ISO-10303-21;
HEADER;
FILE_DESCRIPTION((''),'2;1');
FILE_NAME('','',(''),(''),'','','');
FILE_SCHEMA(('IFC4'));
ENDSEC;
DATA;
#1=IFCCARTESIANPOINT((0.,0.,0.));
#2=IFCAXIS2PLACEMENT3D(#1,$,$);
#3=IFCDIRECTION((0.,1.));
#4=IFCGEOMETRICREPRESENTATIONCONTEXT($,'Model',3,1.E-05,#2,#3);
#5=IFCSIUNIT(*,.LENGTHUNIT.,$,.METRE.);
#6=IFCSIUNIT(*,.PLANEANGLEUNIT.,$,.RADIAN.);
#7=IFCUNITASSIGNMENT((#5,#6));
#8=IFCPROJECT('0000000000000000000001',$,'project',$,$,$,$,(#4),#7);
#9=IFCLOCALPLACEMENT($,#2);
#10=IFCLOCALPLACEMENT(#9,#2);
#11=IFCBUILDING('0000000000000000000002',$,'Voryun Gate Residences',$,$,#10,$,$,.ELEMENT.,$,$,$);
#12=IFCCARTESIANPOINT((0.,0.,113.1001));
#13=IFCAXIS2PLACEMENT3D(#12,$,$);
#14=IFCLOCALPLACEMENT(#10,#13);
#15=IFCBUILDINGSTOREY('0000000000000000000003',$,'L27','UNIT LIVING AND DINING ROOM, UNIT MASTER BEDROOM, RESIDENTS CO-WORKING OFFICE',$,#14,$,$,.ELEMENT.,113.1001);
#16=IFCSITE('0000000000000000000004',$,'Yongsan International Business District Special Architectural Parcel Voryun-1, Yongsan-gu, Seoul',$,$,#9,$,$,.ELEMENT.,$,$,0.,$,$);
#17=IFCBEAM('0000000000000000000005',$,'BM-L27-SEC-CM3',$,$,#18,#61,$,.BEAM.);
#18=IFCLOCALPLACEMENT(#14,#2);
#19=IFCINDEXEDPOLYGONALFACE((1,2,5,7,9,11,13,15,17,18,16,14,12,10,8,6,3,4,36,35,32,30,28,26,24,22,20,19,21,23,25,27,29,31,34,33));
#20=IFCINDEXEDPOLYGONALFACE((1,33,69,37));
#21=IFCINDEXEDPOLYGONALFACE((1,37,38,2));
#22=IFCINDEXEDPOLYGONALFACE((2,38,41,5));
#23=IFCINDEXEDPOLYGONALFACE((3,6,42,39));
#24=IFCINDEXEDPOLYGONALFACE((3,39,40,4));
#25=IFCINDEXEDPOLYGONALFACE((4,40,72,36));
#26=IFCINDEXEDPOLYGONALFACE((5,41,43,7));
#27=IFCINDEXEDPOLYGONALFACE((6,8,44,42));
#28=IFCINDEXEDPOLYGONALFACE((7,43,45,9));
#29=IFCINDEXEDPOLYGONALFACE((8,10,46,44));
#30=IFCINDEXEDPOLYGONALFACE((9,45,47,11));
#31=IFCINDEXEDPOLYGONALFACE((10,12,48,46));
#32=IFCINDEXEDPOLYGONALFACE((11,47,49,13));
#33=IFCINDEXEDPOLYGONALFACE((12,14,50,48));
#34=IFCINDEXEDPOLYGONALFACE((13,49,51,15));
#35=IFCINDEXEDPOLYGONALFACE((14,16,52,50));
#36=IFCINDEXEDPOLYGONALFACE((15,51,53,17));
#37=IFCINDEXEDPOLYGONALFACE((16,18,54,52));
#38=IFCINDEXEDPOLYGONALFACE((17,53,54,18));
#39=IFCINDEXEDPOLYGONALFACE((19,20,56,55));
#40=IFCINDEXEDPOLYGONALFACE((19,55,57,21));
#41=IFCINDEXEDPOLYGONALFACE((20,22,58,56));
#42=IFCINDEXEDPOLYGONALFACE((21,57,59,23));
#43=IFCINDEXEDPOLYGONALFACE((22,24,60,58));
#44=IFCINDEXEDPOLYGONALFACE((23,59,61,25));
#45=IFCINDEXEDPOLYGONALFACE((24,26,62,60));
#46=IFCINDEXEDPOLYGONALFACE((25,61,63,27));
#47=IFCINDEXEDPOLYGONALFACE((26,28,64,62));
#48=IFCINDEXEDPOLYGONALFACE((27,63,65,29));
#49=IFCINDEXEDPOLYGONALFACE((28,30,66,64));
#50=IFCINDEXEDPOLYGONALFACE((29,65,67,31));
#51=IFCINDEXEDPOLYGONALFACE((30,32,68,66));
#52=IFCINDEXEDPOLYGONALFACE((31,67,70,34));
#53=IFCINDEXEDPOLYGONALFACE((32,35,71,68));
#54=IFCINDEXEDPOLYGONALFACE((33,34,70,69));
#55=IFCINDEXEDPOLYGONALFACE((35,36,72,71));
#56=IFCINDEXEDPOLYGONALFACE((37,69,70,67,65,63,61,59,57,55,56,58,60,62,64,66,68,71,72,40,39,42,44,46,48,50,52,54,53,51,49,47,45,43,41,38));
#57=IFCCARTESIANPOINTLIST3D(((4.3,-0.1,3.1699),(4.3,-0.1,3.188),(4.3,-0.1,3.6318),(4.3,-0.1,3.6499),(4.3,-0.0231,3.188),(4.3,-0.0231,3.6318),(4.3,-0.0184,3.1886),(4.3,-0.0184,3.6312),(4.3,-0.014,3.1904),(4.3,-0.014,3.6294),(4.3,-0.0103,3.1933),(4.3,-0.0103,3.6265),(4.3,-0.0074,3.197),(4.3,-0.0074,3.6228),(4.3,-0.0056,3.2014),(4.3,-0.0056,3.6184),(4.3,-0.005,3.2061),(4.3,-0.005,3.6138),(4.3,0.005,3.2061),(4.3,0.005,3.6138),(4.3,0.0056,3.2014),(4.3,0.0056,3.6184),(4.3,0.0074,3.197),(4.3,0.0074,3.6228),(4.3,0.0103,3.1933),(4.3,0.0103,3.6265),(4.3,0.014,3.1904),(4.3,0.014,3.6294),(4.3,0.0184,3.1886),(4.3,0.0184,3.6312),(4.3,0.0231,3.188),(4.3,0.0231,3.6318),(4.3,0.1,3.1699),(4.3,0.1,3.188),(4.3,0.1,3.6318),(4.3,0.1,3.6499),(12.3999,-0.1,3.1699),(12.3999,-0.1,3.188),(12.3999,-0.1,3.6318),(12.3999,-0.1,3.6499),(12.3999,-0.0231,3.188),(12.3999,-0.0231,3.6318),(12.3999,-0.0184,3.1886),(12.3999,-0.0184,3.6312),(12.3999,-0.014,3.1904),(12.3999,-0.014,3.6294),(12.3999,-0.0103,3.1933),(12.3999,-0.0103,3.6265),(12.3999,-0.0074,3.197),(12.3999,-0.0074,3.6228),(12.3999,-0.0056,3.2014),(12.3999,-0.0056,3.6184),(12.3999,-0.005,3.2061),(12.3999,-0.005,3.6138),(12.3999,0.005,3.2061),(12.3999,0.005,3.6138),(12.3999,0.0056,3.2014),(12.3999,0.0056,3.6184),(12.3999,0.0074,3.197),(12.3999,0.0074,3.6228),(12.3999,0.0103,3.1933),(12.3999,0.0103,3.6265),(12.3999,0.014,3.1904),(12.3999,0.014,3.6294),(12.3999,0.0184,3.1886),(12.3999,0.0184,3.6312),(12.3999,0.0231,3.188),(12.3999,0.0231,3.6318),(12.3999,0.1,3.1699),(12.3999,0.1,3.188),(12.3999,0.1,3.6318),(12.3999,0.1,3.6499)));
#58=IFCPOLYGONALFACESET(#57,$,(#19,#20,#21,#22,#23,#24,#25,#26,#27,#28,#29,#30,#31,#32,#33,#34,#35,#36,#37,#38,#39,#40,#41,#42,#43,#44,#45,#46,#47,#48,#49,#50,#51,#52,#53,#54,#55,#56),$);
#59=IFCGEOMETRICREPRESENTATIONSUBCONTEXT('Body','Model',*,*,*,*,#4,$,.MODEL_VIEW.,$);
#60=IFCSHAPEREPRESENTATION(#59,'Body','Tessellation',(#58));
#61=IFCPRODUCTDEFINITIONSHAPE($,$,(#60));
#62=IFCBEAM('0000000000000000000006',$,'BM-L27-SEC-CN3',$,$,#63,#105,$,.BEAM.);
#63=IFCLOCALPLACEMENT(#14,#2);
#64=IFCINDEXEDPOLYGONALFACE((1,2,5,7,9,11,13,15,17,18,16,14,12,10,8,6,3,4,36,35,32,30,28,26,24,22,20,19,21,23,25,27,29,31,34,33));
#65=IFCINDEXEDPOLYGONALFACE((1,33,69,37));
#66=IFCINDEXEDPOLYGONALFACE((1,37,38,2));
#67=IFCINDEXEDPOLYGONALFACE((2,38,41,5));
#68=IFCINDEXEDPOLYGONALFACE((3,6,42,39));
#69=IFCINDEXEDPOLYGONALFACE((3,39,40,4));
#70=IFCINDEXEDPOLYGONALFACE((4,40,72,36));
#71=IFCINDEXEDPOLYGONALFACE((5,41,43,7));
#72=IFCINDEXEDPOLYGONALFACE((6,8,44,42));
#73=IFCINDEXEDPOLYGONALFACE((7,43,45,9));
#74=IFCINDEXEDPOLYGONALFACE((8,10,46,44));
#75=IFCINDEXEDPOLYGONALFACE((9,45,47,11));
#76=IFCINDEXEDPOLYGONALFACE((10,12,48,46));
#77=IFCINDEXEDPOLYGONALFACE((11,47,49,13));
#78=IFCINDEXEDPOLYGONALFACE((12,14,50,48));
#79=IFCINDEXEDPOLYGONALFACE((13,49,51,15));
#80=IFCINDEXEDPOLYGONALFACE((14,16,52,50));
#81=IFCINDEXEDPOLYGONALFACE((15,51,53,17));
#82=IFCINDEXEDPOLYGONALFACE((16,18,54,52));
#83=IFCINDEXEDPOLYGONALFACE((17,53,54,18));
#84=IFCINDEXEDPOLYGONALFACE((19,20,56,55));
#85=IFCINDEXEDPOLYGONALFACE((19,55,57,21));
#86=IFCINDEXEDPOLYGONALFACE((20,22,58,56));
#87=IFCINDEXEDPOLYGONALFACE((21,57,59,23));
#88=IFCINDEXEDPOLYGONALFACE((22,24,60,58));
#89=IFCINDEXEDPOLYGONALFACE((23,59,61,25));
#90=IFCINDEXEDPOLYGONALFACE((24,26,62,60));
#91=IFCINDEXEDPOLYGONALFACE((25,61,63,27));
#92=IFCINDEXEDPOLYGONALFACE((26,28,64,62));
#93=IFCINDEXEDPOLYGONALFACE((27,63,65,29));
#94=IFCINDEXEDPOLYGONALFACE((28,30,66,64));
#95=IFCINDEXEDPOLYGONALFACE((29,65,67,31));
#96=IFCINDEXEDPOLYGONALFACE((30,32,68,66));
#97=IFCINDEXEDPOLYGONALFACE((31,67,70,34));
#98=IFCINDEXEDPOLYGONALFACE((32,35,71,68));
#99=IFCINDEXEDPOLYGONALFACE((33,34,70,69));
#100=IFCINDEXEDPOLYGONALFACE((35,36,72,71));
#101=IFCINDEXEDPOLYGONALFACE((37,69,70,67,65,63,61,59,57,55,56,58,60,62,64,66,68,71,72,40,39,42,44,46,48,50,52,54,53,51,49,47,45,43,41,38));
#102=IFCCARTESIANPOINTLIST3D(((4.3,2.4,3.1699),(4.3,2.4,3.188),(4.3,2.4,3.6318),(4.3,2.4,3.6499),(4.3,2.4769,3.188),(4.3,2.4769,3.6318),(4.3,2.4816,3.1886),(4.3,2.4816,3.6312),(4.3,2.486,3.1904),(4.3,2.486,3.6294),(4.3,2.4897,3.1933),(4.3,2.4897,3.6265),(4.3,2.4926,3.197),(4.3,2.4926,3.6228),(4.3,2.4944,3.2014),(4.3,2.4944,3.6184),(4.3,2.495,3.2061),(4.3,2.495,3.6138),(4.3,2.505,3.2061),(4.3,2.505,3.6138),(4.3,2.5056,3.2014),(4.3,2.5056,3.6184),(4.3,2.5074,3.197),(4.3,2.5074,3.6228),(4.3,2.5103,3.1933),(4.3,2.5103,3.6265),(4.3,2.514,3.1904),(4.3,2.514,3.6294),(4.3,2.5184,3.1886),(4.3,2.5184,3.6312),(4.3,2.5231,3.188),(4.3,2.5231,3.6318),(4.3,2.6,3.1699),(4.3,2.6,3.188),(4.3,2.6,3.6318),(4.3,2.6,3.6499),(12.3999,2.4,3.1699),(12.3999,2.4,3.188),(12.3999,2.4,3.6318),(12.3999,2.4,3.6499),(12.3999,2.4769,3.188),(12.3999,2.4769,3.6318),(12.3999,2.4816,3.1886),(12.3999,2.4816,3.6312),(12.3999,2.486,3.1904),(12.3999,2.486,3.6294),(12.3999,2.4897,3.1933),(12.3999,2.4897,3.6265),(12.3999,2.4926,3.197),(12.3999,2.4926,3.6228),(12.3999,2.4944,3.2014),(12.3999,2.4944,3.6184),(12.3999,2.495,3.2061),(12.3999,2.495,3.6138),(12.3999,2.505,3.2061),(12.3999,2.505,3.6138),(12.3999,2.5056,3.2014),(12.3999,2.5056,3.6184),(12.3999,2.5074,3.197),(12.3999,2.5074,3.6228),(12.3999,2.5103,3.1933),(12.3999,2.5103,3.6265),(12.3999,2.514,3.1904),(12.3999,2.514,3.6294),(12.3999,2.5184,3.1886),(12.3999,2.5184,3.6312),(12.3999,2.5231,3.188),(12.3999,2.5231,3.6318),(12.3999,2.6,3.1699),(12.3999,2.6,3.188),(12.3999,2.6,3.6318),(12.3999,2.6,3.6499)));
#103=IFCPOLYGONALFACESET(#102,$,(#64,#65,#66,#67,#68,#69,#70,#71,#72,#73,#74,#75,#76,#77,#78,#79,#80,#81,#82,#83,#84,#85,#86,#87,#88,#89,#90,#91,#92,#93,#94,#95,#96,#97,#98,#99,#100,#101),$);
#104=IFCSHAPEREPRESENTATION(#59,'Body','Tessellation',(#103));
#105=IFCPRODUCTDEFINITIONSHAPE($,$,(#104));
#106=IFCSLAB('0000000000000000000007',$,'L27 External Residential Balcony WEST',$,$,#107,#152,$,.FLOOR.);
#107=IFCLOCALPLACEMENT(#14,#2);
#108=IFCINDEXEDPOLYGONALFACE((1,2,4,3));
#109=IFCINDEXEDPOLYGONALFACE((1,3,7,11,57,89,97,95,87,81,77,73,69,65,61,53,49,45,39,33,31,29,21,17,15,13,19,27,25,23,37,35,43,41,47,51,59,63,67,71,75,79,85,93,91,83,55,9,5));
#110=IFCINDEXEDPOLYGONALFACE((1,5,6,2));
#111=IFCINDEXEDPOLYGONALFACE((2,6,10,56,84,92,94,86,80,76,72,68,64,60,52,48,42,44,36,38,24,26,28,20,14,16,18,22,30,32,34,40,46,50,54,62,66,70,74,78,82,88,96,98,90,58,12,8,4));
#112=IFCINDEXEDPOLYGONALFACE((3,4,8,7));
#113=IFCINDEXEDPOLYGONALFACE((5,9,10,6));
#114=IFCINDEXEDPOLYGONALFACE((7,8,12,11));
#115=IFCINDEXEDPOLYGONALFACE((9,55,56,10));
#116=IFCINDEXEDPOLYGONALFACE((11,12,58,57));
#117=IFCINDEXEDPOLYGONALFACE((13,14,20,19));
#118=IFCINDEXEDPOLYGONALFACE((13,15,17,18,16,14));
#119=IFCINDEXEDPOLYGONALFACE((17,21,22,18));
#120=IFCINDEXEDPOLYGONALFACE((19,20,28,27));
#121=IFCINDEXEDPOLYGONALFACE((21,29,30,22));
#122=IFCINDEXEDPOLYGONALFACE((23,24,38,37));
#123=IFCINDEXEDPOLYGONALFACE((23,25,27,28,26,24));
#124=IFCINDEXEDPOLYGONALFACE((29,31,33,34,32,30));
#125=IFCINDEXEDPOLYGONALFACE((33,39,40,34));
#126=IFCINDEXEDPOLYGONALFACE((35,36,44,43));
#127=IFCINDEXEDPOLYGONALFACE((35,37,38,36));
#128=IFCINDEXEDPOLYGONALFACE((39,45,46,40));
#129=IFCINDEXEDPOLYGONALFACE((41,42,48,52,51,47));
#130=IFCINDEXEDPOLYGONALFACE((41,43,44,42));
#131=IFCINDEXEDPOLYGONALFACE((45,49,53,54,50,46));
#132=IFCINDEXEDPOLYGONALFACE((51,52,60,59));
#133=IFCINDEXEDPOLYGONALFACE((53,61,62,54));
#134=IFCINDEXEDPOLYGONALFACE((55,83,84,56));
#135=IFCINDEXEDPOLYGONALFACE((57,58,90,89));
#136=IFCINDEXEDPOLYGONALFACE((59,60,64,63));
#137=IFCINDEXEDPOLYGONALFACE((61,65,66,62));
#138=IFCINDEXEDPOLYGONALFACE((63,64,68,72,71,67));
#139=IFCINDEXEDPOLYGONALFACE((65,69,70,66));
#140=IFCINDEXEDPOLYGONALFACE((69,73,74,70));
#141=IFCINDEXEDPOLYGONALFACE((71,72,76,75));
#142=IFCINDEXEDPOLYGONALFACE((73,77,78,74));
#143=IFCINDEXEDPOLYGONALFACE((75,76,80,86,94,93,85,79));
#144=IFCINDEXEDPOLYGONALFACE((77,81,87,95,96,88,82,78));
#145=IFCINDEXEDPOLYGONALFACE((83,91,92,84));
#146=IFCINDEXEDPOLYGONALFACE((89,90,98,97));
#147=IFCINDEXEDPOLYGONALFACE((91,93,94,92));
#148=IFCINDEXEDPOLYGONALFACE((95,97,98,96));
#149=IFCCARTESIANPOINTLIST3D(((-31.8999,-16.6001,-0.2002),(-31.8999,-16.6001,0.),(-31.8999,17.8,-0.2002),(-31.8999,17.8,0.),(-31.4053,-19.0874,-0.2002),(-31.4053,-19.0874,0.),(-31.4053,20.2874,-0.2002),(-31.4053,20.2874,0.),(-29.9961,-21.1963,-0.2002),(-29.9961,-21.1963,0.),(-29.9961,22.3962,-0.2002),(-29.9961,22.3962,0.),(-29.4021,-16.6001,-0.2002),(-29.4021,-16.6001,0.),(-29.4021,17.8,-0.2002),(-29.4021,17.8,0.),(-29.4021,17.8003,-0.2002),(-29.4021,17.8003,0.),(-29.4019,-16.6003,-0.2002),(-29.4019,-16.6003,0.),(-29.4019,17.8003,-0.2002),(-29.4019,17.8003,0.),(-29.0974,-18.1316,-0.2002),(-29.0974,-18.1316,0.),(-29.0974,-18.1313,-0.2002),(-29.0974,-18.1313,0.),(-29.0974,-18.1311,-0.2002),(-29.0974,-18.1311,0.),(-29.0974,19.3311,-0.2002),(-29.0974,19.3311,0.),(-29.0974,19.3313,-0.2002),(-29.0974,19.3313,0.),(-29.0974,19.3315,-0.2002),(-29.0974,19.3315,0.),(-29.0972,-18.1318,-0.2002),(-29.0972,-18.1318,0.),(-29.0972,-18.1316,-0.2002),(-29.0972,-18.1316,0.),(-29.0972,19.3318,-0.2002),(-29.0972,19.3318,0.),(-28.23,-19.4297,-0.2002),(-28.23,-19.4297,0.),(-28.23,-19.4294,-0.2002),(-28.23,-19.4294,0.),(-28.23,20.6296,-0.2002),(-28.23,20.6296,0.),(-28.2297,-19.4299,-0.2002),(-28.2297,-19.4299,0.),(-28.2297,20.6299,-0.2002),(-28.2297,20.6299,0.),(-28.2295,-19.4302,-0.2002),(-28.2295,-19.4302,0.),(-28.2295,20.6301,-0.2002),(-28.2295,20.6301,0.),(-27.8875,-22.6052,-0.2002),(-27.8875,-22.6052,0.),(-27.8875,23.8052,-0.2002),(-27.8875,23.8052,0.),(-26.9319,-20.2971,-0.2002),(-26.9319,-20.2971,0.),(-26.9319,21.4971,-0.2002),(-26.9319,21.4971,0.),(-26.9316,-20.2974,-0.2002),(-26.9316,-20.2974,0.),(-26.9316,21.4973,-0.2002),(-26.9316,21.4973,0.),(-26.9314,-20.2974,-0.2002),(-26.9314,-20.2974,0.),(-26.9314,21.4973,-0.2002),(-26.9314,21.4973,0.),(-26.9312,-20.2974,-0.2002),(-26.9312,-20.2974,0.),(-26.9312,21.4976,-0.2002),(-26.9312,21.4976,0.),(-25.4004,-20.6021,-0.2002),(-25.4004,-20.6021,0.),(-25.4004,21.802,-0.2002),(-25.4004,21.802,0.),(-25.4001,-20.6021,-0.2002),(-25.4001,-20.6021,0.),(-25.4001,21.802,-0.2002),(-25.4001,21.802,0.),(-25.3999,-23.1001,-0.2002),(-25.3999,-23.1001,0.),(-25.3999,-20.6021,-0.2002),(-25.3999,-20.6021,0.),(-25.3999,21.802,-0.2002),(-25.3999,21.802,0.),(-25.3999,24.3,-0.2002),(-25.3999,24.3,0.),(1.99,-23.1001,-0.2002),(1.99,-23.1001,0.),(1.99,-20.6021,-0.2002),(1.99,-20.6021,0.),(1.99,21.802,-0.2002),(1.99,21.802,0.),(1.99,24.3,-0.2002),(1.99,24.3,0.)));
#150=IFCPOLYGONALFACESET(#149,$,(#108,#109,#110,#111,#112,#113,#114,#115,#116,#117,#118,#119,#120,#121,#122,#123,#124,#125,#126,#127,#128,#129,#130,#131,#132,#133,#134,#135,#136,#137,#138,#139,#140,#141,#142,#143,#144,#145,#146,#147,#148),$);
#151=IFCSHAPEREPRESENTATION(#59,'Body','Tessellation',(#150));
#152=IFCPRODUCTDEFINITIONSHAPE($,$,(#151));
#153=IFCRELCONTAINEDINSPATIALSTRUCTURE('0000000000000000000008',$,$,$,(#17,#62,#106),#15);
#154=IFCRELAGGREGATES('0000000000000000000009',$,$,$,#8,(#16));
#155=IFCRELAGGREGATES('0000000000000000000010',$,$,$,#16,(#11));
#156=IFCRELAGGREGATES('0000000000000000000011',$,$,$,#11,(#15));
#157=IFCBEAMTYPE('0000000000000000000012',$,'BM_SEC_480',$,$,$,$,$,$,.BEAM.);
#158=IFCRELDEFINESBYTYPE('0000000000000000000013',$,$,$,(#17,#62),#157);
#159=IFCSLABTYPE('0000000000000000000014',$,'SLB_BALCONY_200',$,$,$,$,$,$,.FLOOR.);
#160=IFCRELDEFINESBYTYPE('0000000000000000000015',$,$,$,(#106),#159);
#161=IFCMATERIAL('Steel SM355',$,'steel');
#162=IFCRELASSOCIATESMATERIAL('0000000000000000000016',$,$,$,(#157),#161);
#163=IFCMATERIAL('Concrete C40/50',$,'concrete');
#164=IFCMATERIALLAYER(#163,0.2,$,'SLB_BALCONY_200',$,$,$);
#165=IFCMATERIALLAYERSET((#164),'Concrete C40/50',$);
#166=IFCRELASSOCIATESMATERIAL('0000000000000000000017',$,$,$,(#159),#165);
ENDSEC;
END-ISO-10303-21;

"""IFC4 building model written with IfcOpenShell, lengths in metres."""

from ifc_helpers import new_model, si_unit, direction, frame, origin, origin_2d, place, context, subcontext, project, spatial, polyline, i_section, outline, extrude, material, layer, layer_set, material_profile, profile_set, type_object, element, save


model = new_model("IFC4")

# Units and contexts
model_context = context("Model", 3, precision=1e-05, world=origin(), true_north=direction((0.0, 1.0)))
body_context = subcontext(model_context, "Body", "Model", "MODEL_VIEW")
ifc_project = project(units=[si_unit("LENGTHUNIT", "METRE"), si_unit("PLANEANGLEUNIT", "RADIAN")], contexts=[model_context])

# Site, building, storey
site_placement = place(None, origin())
site = spatial("IfcSite", under=ifc_project, at=site_placement, Name="Yongsan International Business District Special Architectural Parcel Voryun-1, Yongsan-gu, Seoul", CompositionType="ELEMENT", RefElevation=0.0)
building_placement = place(site_placement, origin())
building = spatial("IfcBuilding", under=site, at=building_placement, Name="Voryun Gate Residences", CompositionType="ELEMENT")
storey_placement = place(building_placement, frame((0.0, 0.0, 113.1001)))
storey = spatial("IfcBuildingStorey", under=building, at=storey_placement, Name="L27", Description="UNIT LIVING AND DINING ROOM, UNIT MASTER BEDROOM, RESIDENTS CO-WORKING OFFICE", CompositionType="ELEMENT", Elevation=113.1001)

# Beams
ifc_material_1 = material(Name="Steel SM355", Category="steel")
ifc_material_profile_1 = material_profile(ifc_material_1, i_section(OverallWidth=0.2, OverallDepth=0.48, WebThickness=0.01, FlangeThickness=0.0181, FilletRadius=0.0181, at=origin_2d()), Name="H-480x200x10x18")
ifc_profile_set_1 = profile_set([ifc_material_profile_1], Name="Steel SM355")
beam_type_1 = type_object("IfcBeamType", Name="BM_SEC_480", PredefinedType="BEAM", material=ifc_profile_set_1)
for number, where, z_axis, x_axis, name in (
    (1, (4.3, 0.0, 3.4099), (1.0, 0.0, 0.0), (0.0, 1.0, 0.0), "BM-L27-SEC-CM3"),
    (2, (4.3, 2.5, 3.4099), (1.0, 0.0, 0.0), (0.0, 1.0, 0.0), "BM-L27-SEC-CN3"),
):
    element("IfcBeam", number, at=place(storey_placement, frame(where, z_axis=z_axis, x_axis=x_axis)), inside=storey, type_object=beam_type_1, Name=name, PredefinedType="BEAM", context=body_context, shape_type="SweptSolid", body=[
        extrude(i_section(OverallWidth=0.2, OverallDepth=0.48, WebThickness=0.01, FlangeThickness=0.0181, FilletRadius=0.0181, at=origin_2d()), origin(), (0.0, 0.0, 1.0), 8.0999),
    ])

# Slab
ifc_material_2 = material(Name="Concrete C40/50", Category="concrete")
ifc_layer_1 = layer(ifc_material_2, 0.2, Name="SLB_BALCONY_200")
ifc_layer_set_1 = layer_set([ifc_layer_1], Name="Concrete C40/50")
slab_type = type_object("IfcSlabType", Name="SLB_BALCONY_200", PredefinedType="FLOOR", material=ifc_layer_set_1)
slab_1_placement = place(storey_placement, frame((0.0, 0.0, -0.2002)))
element("IfcSlab", 3, at=slab_1_placement, inside=storey, type_object=slab_type, Name="L27 External Residential Balcony WEST", PredefinedType="FLOOR", context=body_context, shape_type="SweptSolid", body=[
    extrude(outline(polyline([(-27.8875, -22.6052), (-29.9961, -21.1963), (-31.4053, -19.0874), (-31.8999, -16.6001), (-31.8999, 17.8), (-31.4053, 20.2874), (-29.9961, 22.3962), (-27.8875, 23.8052), (-25.3999, 24.3), (1.99, 24.3), (1.99, 21.802), (-25.3999, 21.802), (-25.4001, 21.802), (-25.4004, 21.802), (-26.9312, 21.4976), (-26.9314, 21.4973), (-26.9314, 21.4973), (-26.9316, 21.4973), (-26.9319, 21.4971), (-28.2295, 20.6301), (-28.2297, 20.6299), (-28.2297, 20.6299), (-28.23, 20.6296), (-28.23, 20.6296), (-29.0972, 19.3318), (-29.0972, 19.3318), (-29.0974, 19.3315), (-29.0974, 19.3313), (-29.0974, 19.3311), (-29.4019, 17.8003), (-29.4021, 17.8003), (-29.4021, 17.8), (-29.4021, -16.6001), (-29.4021, -16.6001), (-29.4019, -16.6003), (-29.0974, -18.1311), (-29.0974, -18.1313), (-29.0974, -18.1316), (-29.0972, -18.1316), (-29.0972, -18.1318), (-28.23, -19.4294), (-28.23, -19.4297), (-28.2297, -19.4299), (-28.2297, -19.4299), (-28.2295, -19.4302), (-26.9319, -20.2971), (-26.9316, -20.2974), (-26.9314, -20.2974), (-26.9314, -20.2974), (-26.9312, -20.2974), (-25.4004, -20.6021), (-25.4001, -20.6021), (-25.3999, -20.6021), (1.99, -20.6021), (1.99, -23.1001), (-25.3999, -23.1001), (-27.8875, -22.6052)])), origin(), (0.0, 0.0, 1.0), 0.2002),
])

save(model, "model.ifc")
